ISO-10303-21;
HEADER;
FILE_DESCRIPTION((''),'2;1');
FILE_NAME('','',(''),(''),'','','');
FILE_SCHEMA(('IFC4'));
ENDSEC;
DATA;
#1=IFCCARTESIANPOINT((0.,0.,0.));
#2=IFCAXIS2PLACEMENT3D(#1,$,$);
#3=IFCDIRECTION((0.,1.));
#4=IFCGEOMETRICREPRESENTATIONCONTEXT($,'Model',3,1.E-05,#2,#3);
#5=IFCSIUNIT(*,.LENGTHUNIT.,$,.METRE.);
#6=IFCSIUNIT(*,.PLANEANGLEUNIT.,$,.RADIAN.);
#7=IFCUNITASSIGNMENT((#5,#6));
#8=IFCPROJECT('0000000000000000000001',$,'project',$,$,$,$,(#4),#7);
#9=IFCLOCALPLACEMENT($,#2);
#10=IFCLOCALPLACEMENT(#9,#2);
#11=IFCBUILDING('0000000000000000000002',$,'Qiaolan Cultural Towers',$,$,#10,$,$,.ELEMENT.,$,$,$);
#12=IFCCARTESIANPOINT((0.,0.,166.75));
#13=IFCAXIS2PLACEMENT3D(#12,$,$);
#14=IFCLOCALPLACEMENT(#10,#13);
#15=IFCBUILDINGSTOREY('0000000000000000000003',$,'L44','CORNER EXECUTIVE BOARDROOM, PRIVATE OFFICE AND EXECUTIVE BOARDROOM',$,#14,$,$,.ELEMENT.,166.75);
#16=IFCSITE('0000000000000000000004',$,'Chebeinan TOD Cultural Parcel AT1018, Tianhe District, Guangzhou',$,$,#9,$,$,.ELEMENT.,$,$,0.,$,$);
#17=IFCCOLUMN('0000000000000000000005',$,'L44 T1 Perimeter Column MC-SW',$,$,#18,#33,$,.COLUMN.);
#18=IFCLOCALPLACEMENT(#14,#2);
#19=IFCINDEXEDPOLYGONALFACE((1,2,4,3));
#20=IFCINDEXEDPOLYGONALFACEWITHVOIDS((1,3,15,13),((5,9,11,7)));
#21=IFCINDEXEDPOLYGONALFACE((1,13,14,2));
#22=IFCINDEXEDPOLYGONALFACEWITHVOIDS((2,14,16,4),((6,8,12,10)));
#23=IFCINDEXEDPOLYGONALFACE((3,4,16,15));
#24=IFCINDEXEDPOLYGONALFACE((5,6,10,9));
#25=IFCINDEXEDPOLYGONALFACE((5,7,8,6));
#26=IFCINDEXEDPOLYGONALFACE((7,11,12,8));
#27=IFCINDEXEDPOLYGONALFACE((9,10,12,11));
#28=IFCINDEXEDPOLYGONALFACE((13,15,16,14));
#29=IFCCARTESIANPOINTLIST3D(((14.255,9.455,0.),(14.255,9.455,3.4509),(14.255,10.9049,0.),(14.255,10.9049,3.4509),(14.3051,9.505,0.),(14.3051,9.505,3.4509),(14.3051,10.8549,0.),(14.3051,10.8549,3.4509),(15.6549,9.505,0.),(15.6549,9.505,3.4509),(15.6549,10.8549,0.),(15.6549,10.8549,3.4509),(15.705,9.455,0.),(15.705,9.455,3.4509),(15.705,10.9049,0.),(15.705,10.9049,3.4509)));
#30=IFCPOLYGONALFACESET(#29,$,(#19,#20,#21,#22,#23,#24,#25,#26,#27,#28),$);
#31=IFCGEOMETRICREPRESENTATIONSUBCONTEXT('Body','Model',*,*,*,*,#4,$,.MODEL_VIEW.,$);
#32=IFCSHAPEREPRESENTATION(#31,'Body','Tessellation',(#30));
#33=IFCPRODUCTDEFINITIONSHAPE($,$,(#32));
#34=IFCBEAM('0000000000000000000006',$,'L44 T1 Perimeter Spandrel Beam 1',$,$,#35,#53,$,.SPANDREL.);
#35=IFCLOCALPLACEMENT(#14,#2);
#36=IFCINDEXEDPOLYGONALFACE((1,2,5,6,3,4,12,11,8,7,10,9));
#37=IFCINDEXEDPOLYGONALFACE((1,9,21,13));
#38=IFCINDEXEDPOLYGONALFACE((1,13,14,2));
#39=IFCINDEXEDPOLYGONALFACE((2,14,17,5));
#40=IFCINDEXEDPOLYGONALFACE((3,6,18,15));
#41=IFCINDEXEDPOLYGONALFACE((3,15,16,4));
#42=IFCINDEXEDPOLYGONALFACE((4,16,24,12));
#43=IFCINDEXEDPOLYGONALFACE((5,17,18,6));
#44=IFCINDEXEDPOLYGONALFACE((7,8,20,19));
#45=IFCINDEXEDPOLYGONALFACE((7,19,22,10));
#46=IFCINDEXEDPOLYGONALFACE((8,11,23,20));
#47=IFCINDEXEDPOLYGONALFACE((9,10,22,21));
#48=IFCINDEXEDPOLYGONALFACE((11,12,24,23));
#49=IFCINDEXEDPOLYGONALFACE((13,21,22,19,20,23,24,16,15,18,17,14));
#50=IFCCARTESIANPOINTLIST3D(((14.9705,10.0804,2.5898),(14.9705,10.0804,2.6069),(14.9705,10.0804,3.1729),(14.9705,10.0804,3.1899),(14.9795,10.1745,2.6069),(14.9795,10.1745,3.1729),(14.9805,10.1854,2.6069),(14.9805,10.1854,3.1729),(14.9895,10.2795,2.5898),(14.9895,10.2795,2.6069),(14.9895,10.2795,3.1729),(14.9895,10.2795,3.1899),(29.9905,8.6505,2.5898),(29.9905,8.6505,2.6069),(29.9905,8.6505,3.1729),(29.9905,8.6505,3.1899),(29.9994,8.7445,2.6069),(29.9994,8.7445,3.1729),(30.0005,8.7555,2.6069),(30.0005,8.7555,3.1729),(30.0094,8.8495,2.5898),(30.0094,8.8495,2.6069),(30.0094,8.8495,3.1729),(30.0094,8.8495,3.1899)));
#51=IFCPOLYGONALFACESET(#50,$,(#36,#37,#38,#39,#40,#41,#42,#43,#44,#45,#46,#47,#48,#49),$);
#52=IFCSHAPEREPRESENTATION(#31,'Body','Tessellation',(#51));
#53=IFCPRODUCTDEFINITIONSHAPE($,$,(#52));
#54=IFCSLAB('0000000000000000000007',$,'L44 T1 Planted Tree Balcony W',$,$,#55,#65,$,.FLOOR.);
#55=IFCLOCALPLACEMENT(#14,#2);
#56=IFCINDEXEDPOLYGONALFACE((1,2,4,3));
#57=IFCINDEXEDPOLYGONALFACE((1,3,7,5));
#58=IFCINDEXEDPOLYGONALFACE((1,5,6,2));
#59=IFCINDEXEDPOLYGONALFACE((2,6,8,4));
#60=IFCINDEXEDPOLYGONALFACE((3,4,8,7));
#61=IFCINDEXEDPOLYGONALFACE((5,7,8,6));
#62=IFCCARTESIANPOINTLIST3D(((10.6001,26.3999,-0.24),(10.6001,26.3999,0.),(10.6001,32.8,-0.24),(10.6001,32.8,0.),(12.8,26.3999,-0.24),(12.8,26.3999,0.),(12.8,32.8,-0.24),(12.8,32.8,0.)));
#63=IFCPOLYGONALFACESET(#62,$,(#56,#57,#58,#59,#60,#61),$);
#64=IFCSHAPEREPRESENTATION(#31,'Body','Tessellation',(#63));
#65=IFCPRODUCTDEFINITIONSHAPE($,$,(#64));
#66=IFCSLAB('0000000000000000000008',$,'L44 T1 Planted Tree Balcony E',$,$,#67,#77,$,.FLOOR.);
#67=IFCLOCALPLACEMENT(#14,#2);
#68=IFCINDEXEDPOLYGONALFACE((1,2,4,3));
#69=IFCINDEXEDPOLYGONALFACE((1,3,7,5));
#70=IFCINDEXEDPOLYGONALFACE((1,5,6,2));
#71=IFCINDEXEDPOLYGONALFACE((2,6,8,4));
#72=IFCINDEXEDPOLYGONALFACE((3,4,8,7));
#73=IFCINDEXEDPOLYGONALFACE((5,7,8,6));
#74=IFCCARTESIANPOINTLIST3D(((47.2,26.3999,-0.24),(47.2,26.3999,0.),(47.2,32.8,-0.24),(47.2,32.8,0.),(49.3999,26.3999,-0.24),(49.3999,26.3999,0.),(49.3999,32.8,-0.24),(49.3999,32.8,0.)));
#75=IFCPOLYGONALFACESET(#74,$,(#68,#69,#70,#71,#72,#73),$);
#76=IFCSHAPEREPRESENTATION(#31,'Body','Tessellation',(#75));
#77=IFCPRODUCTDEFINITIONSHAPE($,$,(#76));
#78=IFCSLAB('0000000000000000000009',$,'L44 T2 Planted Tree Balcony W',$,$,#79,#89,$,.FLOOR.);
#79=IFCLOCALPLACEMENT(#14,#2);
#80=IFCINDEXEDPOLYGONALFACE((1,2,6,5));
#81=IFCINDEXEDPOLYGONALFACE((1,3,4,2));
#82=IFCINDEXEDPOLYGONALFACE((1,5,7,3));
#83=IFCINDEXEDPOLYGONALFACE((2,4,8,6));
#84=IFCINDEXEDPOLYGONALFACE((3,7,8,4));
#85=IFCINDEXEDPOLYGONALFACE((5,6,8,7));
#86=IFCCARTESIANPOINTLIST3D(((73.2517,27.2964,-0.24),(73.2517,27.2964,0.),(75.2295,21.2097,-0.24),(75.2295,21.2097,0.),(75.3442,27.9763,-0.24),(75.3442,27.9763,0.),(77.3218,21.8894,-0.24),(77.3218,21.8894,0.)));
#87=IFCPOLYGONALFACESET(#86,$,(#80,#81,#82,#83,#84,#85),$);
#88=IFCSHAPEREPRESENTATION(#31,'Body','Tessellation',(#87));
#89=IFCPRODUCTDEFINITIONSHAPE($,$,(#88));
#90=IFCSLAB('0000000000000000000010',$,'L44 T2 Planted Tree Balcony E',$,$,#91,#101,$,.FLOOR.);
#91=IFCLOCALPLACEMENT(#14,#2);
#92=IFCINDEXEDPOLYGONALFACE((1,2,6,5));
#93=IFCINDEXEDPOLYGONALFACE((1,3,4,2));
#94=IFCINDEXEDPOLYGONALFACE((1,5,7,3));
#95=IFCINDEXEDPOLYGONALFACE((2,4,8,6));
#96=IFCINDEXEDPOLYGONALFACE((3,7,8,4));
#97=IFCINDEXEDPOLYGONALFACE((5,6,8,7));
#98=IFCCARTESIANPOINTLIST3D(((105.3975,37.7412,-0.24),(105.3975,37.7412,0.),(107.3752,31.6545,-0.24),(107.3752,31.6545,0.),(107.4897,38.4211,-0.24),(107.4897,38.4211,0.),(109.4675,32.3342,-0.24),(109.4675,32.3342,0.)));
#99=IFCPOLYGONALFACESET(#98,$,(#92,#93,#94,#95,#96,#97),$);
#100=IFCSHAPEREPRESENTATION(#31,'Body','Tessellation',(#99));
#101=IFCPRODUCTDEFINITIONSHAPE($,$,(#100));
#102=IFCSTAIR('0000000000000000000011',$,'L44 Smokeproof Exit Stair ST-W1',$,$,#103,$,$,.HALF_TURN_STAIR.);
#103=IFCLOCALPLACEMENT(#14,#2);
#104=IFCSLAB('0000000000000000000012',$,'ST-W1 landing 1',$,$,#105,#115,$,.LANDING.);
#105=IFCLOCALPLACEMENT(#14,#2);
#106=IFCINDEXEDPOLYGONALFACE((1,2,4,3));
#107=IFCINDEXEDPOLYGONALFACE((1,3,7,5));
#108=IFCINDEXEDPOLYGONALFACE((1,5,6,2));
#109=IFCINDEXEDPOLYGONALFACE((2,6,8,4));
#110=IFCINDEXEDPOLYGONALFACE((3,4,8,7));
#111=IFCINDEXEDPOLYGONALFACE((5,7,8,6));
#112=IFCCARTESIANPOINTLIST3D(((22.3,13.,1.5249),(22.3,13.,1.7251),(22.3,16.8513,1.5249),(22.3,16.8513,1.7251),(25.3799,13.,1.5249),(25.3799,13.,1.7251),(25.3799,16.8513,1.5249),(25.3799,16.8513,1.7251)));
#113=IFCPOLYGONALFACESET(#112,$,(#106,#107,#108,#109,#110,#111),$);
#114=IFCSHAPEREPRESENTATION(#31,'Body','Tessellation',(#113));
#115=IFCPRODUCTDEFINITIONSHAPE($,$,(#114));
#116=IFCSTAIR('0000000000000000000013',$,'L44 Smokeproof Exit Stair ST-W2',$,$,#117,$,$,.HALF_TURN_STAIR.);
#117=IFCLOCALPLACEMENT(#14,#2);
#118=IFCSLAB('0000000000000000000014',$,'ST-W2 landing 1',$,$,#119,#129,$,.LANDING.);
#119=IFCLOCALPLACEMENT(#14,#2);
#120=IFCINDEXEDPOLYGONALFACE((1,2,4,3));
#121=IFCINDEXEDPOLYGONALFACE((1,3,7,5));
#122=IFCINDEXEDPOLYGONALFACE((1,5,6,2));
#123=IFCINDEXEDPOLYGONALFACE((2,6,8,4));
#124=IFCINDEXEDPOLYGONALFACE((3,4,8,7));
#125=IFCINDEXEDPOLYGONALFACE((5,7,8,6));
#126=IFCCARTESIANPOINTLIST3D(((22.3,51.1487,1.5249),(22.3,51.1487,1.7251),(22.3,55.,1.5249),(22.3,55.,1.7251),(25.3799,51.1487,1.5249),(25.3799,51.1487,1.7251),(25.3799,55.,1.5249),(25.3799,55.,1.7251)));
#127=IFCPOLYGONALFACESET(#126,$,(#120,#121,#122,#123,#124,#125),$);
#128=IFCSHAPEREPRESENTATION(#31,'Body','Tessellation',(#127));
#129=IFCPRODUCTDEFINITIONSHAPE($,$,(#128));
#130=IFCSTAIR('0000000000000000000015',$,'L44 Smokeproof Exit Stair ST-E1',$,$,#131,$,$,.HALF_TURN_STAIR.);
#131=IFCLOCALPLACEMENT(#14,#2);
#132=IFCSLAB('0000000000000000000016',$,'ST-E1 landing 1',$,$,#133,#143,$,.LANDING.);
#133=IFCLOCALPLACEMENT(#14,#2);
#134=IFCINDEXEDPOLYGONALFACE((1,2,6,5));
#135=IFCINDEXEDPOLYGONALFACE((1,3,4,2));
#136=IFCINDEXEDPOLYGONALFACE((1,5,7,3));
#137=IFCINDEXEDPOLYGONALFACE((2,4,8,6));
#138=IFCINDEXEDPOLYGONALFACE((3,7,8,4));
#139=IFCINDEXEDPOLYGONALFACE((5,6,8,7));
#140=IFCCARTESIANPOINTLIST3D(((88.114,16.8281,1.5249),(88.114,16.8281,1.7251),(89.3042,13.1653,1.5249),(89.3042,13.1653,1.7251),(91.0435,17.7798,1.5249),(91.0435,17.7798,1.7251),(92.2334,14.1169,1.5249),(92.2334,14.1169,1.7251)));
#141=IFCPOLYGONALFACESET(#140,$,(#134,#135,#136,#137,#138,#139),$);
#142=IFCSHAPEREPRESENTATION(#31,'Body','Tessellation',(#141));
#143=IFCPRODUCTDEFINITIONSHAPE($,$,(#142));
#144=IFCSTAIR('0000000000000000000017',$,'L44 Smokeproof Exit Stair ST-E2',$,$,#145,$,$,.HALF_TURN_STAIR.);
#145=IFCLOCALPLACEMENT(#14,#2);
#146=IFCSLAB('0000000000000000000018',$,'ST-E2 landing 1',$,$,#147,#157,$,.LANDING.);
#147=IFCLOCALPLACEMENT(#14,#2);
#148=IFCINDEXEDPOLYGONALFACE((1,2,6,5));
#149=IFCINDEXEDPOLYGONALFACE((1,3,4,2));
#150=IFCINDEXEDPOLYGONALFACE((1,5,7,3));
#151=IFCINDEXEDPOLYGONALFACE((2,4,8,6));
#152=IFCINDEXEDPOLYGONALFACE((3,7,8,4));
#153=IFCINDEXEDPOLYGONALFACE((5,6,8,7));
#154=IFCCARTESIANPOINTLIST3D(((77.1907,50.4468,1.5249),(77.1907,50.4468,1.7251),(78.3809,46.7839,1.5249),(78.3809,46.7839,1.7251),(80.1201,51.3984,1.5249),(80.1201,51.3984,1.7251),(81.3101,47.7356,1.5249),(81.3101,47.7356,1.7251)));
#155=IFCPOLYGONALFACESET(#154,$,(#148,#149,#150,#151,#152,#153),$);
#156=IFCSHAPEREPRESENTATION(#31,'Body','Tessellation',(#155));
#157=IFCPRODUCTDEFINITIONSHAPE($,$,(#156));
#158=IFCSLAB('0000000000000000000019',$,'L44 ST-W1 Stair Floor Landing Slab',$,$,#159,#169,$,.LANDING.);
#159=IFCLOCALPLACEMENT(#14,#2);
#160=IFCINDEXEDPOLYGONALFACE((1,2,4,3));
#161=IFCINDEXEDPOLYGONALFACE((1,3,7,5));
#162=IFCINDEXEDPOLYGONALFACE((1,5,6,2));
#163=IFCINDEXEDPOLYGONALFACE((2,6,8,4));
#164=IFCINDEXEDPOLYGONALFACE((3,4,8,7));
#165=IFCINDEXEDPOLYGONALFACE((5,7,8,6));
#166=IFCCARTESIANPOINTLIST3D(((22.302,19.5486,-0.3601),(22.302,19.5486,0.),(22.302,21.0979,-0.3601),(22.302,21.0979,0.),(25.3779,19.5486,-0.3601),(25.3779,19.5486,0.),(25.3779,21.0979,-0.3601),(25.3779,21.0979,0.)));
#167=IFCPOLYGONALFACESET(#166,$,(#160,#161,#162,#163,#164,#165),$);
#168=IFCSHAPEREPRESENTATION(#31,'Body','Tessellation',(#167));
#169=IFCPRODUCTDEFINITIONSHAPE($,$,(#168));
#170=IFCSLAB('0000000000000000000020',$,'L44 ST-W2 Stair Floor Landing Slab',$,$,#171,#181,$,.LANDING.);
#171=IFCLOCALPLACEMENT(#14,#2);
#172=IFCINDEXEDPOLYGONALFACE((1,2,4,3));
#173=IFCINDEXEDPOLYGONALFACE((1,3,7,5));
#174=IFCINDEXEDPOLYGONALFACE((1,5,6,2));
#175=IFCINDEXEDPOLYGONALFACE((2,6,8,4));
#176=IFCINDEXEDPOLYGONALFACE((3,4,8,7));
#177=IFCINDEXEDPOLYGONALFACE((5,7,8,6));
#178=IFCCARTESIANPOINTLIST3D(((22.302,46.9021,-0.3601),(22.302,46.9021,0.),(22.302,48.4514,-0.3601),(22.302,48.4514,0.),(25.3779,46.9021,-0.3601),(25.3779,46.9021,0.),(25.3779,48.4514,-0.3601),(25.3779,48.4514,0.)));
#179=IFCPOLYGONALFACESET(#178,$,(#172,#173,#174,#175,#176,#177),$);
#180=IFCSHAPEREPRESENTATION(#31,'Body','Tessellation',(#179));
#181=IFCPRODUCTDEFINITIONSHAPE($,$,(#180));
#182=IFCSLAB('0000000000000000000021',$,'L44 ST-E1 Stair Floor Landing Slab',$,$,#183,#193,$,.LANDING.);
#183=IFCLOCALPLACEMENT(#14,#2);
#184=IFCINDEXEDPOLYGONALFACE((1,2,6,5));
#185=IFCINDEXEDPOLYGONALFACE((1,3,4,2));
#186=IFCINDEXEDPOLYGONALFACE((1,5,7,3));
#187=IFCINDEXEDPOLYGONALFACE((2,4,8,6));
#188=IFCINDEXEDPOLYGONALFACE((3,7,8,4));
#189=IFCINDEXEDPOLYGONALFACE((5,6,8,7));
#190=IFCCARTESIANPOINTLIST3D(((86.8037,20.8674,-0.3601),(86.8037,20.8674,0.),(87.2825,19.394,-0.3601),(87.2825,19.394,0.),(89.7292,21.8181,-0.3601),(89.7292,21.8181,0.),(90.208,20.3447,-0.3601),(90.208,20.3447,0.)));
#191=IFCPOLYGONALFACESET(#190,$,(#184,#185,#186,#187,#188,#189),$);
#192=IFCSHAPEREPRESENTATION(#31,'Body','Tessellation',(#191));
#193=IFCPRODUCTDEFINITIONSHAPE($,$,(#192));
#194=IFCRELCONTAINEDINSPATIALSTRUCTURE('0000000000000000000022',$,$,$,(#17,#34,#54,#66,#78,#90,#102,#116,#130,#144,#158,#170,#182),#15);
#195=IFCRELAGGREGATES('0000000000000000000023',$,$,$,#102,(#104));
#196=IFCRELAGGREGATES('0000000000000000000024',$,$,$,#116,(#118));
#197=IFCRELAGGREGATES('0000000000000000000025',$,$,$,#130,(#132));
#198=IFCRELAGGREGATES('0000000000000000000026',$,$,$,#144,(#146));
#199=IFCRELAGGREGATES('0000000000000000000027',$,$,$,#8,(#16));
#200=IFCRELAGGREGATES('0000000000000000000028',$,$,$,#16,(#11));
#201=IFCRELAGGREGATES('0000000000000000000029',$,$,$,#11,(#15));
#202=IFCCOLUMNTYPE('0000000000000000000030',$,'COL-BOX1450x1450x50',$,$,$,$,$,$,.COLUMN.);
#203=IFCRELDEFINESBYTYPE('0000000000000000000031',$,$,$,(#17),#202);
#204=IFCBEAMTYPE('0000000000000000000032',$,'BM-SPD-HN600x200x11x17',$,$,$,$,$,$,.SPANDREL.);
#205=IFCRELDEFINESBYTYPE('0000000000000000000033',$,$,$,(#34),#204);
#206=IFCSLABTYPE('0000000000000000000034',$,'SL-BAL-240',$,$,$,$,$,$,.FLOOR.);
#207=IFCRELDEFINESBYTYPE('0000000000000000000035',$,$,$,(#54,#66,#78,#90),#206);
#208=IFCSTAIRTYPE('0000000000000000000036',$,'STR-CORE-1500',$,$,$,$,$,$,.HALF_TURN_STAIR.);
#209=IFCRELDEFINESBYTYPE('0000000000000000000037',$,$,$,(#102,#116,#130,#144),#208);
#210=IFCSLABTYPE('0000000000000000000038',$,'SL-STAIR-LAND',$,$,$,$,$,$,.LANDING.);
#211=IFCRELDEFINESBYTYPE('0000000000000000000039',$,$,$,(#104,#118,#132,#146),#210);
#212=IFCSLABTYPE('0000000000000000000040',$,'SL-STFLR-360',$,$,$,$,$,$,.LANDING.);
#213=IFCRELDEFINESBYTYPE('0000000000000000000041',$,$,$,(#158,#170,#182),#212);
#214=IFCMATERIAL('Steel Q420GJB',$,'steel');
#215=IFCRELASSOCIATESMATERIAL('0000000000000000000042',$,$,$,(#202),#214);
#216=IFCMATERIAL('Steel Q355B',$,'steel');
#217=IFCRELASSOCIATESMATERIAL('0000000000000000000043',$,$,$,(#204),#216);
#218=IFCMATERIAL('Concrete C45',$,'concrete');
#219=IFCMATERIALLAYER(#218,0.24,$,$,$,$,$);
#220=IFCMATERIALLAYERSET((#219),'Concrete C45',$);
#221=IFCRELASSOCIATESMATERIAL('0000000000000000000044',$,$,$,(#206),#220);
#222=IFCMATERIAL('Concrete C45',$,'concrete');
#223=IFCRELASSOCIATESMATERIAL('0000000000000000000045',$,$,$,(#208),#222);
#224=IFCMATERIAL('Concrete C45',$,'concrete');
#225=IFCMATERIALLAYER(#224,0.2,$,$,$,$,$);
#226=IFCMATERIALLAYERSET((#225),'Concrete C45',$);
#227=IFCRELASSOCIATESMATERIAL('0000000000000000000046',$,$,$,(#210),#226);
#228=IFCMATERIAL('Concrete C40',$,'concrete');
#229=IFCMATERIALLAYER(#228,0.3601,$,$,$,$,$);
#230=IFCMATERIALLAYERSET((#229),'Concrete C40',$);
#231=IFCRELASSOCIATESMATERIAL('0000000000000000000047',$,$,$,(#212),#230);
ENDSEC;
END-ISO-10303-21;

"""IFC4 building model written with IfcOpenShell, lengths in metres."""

from ifc_helpers import new_model, si_unit, direction, frame, origin, origin_2d, place, context, subcontext, project, spatial, polyline, hollow_rectangle, i_section, outline, extrude, material, layer, layer_set, material_profile, profile_set, type_object, element, aggregate, save


model = new_model("IFC4")

# Units and contexts
model_context = context("Model", 3, precision=1e-05, world=origin(), true_north=direction((0.0, 1.0)))
body_context = subcontext(model_context, "Body", "Model", "MODEL_VIEW")
ifc_project = project(units=[si_unit("LENGTHUNIT", "METRE"), si_unit("PLANEANGLEUNIT", "RADIAN")], contexts=[model_context])

# Site, building, storey
site_placement = place(None, origin())
site = spatial("IfcSite", under=ifc_project, at=site_placement, Name="Chebeinan TOD Cultural Parcel AT1018, Tianhe District, Guangzhou", CompositionType="ELEMENT", RefElevation=0.0)
building_placement = place(site_placement, origin())
building = spatial("IfcBuilding", under=site, at=building_placement, Name="Qiaolan Cultural Towers", CompositionType="ELEMENT")
storey_placement = place(building_placement, frame((0.0, 0.0, 166.75)))
storey = spatial("IfcBuildingStorey", under=building, at=storey_placement, Name="L44", Description="CORNER EXECUTIVE BOARDROOM, PRIVATE OFFICE AND EXECUTIVE BOARDROOM", CompositionType="ELEMENT", Elevation=166.75)

# Column
ifc_material_1 = material(Name="Steel Q420GJB", Category="steel")
ifc_material_profile_1 = material_profile(ifc_material_1, hollow_rectangle(XDim=1.45, YDim=1.45, WallThickness=0.05, at=origin_2d()), Name="BOX1450x1450x50")
ifc_profile_set_1 = profile_set([ifc_material_profile_1], Name="Steel Q420GJB")
column_type = type_object("IfcColumnType", Name="COL-BOX1450x1450x50", PredefinedType="COLUMN", material=ifc_profile_set_1)
column_placement = place(storey_placement, frame((14.98, 10.1799, 0.0), z_axis=(0.0, 0.0, 1.0), x_axis=(1.0, 0.0, 0.0)))
element("IfcColumn", 1, at=column_placement, inside=storey, type_object=column_type, Name="L44 T1 Perimeter Column MC-SW", PredefinedType="COLUMN", context=body_context, shape_type="SweptSolid", body=[
    extrude(hollow_rectangle(XDim=1.45, YDim=1.45, WallThickness=0.05, at=origin_2d()), origin(), (0.0, 0.0, 1.0), 3.4509),
])

# Beam
ifc_material_2 = material(Name="Steel Q355B", Category="steel")
ifc_material_profile_2 = material_profile(ifc_material_2, i_section(OverallWidth=0.2, OverallDepth=0.6001, WebThickness=0.011, FlangeThickness=0.0171, at=origin_2d()), Name="HN600x200x11x17")
ifc_profile_set_2 = profile_set([ifc_material_profile_2], Name="Steel Q355B")
beam_type = type_object("IfcBeamType", Name="BM-SPD-HN600x200x11x17", PredefinedType="SPANDREL", material=ifc_profile_set_2)
beam_placement = place(storey_placement, frame((14.98, 10.1799, 2.8899), z_axis=(0.995499, -0.094773, 0.0), x_axis=(0.094773, 0.995499, 0.0)))
element("IfcBeam", 2, at=beam_placement, inside=storey, type_object=beam_type, Name="L44 T1 Perimeter Spandrel Beam 1", PredefinedType="SPANDREL", context=body_context, shape_type="SweptSolid", body=[
    extrude(i_section(OverallWidth=0.2, OverallDepth=0.6001, WebThickness=0.011, FlangeThickness=0.0171, at=origin_2d()), origin(), (0.0, 0.0, 1.0), 15.0879),
])

# Slabs
ifc_material_3 = material(Name="Concrete C45", Category="concrete")
ifc_layer_1 = layer(ifc_material_3, 0.24)
ifc_layer_set_1 = layer_set([ifc_layer_1], Name="Concrete C45")
slab_type_1 = type_object("IfcSlabType", Name="SL-BAL-240", PredefinedType="FLOOR", material=ifc_layer_set_1)
slab_1_placement = place(storey_placement, frame((0.0, 0.0, -0.24)))
element("IfcSlab", 3, at=slab_1_placement, inside=storey, type_object=slab_type_1, Name="L44 T1 Planted Tree Balcony W", PredefinedType="FLOOR", context=body_context, shape_type="SweptSolid", body=[
    extrude(outline(polyline([(10.6001, 26.3999), (12.8, 26.3999), (12.8, 32.8), (10.6001, 32.8), (10.6001, 26.3999)])), origin(), (0.0, 0.0, 1.0), 0.24),
])
slab_2_placement = place(storey_placement, frame((0.0, 0.0, -0.24)))
element("IfcSlab", 4, at=slab_2_placement, inside=storey, type_object=slab_type_1, Name="L44 T1 Planted Tree Balcony E", PredefinedType="FLOOR", context=body_context, shape_type="SweptSolid", body=[
    extrude(outline(polyline([(47.2, 26.3999), (49.3999, 26.3999), (49.3999, 32.8), (47.2, 32.8), (47.2, 26.3999)])), origin(), (0.0, 0.0, 1.0), 0.24),
])
slab_3_placement = place(storey_placement, frame((0.0, 0.0, -0.24)))
element("IfcSlab", 5, at=slab_3_placement, inside=storey, type_object=slab_type_1, Name="L44 T2 Planted Tree Balcony W", PredefinedType="FLOOR", context=body_context, shape_type="SweptSolid", body=[
    extrude(outline(polyline([(75.2295, 21.2097), (77.3218, 21.8894), (75.3442, 27.9763), (73.2517, 27.2964), (75.2295, 21.2097)])), origin(), (0.0, 0.0, 1.0), 0.24),
])
slab_4_placement = place(storey_placement, frame((0.0, 0.0, -0.24)))
element("IfcSlab", 6, at=slab_4_placement, inside=storey, type_object=slab_type_1, Name="L44 T2 Planted Tree Balcony E", PredefinedType="FLOOR", context=body_context, shape_type="SweptSolid", body=[
    extrude(outline(polyline([(107.3752, 31.6545), (109.4675, 32.3342), (107.4897, 38.4211), (105.3975, 37.7412), (107.3752, 31.6545)])), origin(), (0.0, 0.0, 1.0), 0.24),
])

# Stairs, slabs
ifc_material_4 = material(Name="Concrete C45", Category="concrete")
stair_type = type_object("IfcStairType", Name="STR-CORE-1500", PredefinedType="HALF_TURN_STAIR", material=ifc_material_4)
stair_1_placement = place(storey_placement, origin())
stair_1 = element("IfcStair", 7, at=stair_1_placement, inside=storey, type_object=stair_type, Name="L44 Smokeproof Exit Stair ST-W1", PredefinedType="HALF_TURN_STAIR")
ifc_material_5 = material(Name="Concrete C45", Category="concrete")
ifc_layer_2 = layer(ifc_material_5, 0.2)
ifc_layer_set_2 = layer_set([ifc_layer_2], Name="Concrete C45")
slab_type_2 = type_object("IfcSlabType", Name="SL-STAIR-LAND", PredefinedType="LANDING", material=ifc_layer_set_2)
slab_5_placement = place(storey_placement, frame((0.0, 0.0, 1.5249)))
slab_5 = element("IfcSlab", 8, at=slab_5_placement, type_object=slab_type_2, Name="ST-W1 landing 1", PredefinedType="LANDING", context=body_context, shape_type="SweptSolid", body=[
    extrude(outline(polyline([(22.3, 16.8513), (22.3, 13.0), (25.3799, 13.0), (25.3799, 16.8513), (22.3, 16.8513)])), origin(), (0.0, 0.0, 1.0), 0.2002),
])
aggregate(stair_1, [slab_5])
stair_2_placement = place(storey_placement, origin())
stair_2 = element("IfcStair", 9, at=stair_2_placement, inside=storey, type_object=stair_type, Name="L44 Smokeproof Exit Stair ST-W2", PredefinedType="HALF_TURN_STAIR")
slab_6_placement = place(storey_placement, frame((0.0, 0.0, 1.5249)))
slab_6 = element("IfcSlab", 10, at=slab_6_placement, type_object=slab_type_2, Name="ST-W2 landing 1", PredefinedType="LANDING", context=body_context, shape_type="SweptSolid", body=[
    extrude(outline(polyline([(25.3799, 51.1487), (25.3799, 55.0), (22.3, 55.0), (22.3, 51.1487), (25.3799, 51.1487)])), origin(), (0.0, 0.0, 1.0), 0.2002),
])
aggregate(stair_2, [slab_6])
stair_3_placement = place(storey_placement, origin())
stair_3 = element("IfcStair", 11, at=stair_3_placement, inside=storey, type_object=stair_type, Name="L44 Smokeproof Exit Stair ST-E1", PredefinedType="HALF_TURN_STAIR")
slab_7_placement = place(storey_placement, frame((0.0, 0.0, 1.5249)))
slab_7 = element("IfcSlab", 12, at=slab_7_placement, type_object=slab_type_2, Name="ST-E1 landing 1", PredefinedType="LANDING", context=body_context, shape_type="SweptSolid", body=[
    extrude(outline(polyline([(88.114, 16.8281), (89.3042, 13.1653), (92.2334, 14.1169), (91.0435, 17.7798), (88.114, 16.8281)])), origin(), (0.0, 0.0, 1.0), 0.2002),
])
aggregate(stair_3, [slab_7])
stair_4_placement = place(storey_placement, origin())
stair_4 = element("IfcStair", 13, at=stair_4_placement, inside=storey, type_object=stair_type, Name="L44 Smokeproof Exit Stair ST-E2", PredefinedType="HALF_TURN_STAIR")
slab_8_placement = place(storey_placement, frame((0.0, 0.0, 1.5249)))
slab_8 = element("IfcSlab", 14, at=slab_8_placement, type_object=slab_type_2, Name="ST-E2 landing 1", PredefinedType="LANDING", context=body_context, shape_type="SweptSolid", body=[
    extrude(outline(polyline([(81.3101, 47.7356), (80.1201, 51.3984), (77.1907, 50.4468), (78.3809, 46.7839), (81.3101, 47.7356)])), origin(), (0.0, 0.0, 1.0), 0.2002),
])
aggregate(stair_4, [slab_8])

# Slabs
ifc_material_6 = material(Name="Concrete C40", Category="concrete")
ifc_layer_3 = layer(ifc_material_6, 0.3601)
ifc_layer_set_3 = layer_set([ifc_layer_3], Name="Concrete C40")
slab_type_3 = type_object("IfcSlabType", Name="SL-STFLR-360", PredefinedType="LANDING", material=ifc_layer_set_3)
slab_9_placement = place(storey_placement, frame((0.0, 0.0, -0.3601)))
element("IfcSlab", 15, at=slab_9_placement, inside=storey, type_object=slab_type_3, Name="L44 ST-W1 Stair Floor Landing Slab", PredefinedType="LANDING", context=body_context, shape_type="SweptSolid", body=[
    extrude(outline(polyline([(22.302, 21.0979), (22.302, 19.5486), (25.3779, 19.5486), (25.3779, 21.0979), (22.302, 21.0979)])), origin(), (0.0, 0.0, 1.0), 0.3601),
])
slab_10_placement = place(storey_placement, frame((0.0, 0.0, -0.3601)))
element("IfcSlab", 16, at=slab_10_placement, inside=storey, type_object=slab_type_3, Name="L44 ST-W2 Stair Floor Landing Slab", PredefinedType="LANDING", context=body_context, shape_type="SweptSolid", body=[
    extrude(outline(polyline([(25.3779, 46.9021), (25.3779, 48.4514), (22.302, 48.4514), (22.302, 46.9021), (25.3779, 46.9021)])), origin(), (0.0, 0.0, 1.0), 0.3601),
])
slab_11_placement = place(storey_placement, frame((0.0, 0.0, -0.3601)))
element("IfcSlab", 17, at=slab_11_placement, inside=storey, type_object=slab_type_3, Name="L44 ST-E1 Stair Floor Landing Slab", PredefinedType="LANDING", context=body_context, shape_type="SweptSolid", body=[
    extrude(outline(polyline([(86.8037, 20.8674), (87.2825, 19.394), (90.208, 20.3447), (89.7292, 21.8181), (86.8037, 20.8674)])), origin(), (0.0, 0.0, 1.0), 0.3601),
])

save(model, "model.ifc")
